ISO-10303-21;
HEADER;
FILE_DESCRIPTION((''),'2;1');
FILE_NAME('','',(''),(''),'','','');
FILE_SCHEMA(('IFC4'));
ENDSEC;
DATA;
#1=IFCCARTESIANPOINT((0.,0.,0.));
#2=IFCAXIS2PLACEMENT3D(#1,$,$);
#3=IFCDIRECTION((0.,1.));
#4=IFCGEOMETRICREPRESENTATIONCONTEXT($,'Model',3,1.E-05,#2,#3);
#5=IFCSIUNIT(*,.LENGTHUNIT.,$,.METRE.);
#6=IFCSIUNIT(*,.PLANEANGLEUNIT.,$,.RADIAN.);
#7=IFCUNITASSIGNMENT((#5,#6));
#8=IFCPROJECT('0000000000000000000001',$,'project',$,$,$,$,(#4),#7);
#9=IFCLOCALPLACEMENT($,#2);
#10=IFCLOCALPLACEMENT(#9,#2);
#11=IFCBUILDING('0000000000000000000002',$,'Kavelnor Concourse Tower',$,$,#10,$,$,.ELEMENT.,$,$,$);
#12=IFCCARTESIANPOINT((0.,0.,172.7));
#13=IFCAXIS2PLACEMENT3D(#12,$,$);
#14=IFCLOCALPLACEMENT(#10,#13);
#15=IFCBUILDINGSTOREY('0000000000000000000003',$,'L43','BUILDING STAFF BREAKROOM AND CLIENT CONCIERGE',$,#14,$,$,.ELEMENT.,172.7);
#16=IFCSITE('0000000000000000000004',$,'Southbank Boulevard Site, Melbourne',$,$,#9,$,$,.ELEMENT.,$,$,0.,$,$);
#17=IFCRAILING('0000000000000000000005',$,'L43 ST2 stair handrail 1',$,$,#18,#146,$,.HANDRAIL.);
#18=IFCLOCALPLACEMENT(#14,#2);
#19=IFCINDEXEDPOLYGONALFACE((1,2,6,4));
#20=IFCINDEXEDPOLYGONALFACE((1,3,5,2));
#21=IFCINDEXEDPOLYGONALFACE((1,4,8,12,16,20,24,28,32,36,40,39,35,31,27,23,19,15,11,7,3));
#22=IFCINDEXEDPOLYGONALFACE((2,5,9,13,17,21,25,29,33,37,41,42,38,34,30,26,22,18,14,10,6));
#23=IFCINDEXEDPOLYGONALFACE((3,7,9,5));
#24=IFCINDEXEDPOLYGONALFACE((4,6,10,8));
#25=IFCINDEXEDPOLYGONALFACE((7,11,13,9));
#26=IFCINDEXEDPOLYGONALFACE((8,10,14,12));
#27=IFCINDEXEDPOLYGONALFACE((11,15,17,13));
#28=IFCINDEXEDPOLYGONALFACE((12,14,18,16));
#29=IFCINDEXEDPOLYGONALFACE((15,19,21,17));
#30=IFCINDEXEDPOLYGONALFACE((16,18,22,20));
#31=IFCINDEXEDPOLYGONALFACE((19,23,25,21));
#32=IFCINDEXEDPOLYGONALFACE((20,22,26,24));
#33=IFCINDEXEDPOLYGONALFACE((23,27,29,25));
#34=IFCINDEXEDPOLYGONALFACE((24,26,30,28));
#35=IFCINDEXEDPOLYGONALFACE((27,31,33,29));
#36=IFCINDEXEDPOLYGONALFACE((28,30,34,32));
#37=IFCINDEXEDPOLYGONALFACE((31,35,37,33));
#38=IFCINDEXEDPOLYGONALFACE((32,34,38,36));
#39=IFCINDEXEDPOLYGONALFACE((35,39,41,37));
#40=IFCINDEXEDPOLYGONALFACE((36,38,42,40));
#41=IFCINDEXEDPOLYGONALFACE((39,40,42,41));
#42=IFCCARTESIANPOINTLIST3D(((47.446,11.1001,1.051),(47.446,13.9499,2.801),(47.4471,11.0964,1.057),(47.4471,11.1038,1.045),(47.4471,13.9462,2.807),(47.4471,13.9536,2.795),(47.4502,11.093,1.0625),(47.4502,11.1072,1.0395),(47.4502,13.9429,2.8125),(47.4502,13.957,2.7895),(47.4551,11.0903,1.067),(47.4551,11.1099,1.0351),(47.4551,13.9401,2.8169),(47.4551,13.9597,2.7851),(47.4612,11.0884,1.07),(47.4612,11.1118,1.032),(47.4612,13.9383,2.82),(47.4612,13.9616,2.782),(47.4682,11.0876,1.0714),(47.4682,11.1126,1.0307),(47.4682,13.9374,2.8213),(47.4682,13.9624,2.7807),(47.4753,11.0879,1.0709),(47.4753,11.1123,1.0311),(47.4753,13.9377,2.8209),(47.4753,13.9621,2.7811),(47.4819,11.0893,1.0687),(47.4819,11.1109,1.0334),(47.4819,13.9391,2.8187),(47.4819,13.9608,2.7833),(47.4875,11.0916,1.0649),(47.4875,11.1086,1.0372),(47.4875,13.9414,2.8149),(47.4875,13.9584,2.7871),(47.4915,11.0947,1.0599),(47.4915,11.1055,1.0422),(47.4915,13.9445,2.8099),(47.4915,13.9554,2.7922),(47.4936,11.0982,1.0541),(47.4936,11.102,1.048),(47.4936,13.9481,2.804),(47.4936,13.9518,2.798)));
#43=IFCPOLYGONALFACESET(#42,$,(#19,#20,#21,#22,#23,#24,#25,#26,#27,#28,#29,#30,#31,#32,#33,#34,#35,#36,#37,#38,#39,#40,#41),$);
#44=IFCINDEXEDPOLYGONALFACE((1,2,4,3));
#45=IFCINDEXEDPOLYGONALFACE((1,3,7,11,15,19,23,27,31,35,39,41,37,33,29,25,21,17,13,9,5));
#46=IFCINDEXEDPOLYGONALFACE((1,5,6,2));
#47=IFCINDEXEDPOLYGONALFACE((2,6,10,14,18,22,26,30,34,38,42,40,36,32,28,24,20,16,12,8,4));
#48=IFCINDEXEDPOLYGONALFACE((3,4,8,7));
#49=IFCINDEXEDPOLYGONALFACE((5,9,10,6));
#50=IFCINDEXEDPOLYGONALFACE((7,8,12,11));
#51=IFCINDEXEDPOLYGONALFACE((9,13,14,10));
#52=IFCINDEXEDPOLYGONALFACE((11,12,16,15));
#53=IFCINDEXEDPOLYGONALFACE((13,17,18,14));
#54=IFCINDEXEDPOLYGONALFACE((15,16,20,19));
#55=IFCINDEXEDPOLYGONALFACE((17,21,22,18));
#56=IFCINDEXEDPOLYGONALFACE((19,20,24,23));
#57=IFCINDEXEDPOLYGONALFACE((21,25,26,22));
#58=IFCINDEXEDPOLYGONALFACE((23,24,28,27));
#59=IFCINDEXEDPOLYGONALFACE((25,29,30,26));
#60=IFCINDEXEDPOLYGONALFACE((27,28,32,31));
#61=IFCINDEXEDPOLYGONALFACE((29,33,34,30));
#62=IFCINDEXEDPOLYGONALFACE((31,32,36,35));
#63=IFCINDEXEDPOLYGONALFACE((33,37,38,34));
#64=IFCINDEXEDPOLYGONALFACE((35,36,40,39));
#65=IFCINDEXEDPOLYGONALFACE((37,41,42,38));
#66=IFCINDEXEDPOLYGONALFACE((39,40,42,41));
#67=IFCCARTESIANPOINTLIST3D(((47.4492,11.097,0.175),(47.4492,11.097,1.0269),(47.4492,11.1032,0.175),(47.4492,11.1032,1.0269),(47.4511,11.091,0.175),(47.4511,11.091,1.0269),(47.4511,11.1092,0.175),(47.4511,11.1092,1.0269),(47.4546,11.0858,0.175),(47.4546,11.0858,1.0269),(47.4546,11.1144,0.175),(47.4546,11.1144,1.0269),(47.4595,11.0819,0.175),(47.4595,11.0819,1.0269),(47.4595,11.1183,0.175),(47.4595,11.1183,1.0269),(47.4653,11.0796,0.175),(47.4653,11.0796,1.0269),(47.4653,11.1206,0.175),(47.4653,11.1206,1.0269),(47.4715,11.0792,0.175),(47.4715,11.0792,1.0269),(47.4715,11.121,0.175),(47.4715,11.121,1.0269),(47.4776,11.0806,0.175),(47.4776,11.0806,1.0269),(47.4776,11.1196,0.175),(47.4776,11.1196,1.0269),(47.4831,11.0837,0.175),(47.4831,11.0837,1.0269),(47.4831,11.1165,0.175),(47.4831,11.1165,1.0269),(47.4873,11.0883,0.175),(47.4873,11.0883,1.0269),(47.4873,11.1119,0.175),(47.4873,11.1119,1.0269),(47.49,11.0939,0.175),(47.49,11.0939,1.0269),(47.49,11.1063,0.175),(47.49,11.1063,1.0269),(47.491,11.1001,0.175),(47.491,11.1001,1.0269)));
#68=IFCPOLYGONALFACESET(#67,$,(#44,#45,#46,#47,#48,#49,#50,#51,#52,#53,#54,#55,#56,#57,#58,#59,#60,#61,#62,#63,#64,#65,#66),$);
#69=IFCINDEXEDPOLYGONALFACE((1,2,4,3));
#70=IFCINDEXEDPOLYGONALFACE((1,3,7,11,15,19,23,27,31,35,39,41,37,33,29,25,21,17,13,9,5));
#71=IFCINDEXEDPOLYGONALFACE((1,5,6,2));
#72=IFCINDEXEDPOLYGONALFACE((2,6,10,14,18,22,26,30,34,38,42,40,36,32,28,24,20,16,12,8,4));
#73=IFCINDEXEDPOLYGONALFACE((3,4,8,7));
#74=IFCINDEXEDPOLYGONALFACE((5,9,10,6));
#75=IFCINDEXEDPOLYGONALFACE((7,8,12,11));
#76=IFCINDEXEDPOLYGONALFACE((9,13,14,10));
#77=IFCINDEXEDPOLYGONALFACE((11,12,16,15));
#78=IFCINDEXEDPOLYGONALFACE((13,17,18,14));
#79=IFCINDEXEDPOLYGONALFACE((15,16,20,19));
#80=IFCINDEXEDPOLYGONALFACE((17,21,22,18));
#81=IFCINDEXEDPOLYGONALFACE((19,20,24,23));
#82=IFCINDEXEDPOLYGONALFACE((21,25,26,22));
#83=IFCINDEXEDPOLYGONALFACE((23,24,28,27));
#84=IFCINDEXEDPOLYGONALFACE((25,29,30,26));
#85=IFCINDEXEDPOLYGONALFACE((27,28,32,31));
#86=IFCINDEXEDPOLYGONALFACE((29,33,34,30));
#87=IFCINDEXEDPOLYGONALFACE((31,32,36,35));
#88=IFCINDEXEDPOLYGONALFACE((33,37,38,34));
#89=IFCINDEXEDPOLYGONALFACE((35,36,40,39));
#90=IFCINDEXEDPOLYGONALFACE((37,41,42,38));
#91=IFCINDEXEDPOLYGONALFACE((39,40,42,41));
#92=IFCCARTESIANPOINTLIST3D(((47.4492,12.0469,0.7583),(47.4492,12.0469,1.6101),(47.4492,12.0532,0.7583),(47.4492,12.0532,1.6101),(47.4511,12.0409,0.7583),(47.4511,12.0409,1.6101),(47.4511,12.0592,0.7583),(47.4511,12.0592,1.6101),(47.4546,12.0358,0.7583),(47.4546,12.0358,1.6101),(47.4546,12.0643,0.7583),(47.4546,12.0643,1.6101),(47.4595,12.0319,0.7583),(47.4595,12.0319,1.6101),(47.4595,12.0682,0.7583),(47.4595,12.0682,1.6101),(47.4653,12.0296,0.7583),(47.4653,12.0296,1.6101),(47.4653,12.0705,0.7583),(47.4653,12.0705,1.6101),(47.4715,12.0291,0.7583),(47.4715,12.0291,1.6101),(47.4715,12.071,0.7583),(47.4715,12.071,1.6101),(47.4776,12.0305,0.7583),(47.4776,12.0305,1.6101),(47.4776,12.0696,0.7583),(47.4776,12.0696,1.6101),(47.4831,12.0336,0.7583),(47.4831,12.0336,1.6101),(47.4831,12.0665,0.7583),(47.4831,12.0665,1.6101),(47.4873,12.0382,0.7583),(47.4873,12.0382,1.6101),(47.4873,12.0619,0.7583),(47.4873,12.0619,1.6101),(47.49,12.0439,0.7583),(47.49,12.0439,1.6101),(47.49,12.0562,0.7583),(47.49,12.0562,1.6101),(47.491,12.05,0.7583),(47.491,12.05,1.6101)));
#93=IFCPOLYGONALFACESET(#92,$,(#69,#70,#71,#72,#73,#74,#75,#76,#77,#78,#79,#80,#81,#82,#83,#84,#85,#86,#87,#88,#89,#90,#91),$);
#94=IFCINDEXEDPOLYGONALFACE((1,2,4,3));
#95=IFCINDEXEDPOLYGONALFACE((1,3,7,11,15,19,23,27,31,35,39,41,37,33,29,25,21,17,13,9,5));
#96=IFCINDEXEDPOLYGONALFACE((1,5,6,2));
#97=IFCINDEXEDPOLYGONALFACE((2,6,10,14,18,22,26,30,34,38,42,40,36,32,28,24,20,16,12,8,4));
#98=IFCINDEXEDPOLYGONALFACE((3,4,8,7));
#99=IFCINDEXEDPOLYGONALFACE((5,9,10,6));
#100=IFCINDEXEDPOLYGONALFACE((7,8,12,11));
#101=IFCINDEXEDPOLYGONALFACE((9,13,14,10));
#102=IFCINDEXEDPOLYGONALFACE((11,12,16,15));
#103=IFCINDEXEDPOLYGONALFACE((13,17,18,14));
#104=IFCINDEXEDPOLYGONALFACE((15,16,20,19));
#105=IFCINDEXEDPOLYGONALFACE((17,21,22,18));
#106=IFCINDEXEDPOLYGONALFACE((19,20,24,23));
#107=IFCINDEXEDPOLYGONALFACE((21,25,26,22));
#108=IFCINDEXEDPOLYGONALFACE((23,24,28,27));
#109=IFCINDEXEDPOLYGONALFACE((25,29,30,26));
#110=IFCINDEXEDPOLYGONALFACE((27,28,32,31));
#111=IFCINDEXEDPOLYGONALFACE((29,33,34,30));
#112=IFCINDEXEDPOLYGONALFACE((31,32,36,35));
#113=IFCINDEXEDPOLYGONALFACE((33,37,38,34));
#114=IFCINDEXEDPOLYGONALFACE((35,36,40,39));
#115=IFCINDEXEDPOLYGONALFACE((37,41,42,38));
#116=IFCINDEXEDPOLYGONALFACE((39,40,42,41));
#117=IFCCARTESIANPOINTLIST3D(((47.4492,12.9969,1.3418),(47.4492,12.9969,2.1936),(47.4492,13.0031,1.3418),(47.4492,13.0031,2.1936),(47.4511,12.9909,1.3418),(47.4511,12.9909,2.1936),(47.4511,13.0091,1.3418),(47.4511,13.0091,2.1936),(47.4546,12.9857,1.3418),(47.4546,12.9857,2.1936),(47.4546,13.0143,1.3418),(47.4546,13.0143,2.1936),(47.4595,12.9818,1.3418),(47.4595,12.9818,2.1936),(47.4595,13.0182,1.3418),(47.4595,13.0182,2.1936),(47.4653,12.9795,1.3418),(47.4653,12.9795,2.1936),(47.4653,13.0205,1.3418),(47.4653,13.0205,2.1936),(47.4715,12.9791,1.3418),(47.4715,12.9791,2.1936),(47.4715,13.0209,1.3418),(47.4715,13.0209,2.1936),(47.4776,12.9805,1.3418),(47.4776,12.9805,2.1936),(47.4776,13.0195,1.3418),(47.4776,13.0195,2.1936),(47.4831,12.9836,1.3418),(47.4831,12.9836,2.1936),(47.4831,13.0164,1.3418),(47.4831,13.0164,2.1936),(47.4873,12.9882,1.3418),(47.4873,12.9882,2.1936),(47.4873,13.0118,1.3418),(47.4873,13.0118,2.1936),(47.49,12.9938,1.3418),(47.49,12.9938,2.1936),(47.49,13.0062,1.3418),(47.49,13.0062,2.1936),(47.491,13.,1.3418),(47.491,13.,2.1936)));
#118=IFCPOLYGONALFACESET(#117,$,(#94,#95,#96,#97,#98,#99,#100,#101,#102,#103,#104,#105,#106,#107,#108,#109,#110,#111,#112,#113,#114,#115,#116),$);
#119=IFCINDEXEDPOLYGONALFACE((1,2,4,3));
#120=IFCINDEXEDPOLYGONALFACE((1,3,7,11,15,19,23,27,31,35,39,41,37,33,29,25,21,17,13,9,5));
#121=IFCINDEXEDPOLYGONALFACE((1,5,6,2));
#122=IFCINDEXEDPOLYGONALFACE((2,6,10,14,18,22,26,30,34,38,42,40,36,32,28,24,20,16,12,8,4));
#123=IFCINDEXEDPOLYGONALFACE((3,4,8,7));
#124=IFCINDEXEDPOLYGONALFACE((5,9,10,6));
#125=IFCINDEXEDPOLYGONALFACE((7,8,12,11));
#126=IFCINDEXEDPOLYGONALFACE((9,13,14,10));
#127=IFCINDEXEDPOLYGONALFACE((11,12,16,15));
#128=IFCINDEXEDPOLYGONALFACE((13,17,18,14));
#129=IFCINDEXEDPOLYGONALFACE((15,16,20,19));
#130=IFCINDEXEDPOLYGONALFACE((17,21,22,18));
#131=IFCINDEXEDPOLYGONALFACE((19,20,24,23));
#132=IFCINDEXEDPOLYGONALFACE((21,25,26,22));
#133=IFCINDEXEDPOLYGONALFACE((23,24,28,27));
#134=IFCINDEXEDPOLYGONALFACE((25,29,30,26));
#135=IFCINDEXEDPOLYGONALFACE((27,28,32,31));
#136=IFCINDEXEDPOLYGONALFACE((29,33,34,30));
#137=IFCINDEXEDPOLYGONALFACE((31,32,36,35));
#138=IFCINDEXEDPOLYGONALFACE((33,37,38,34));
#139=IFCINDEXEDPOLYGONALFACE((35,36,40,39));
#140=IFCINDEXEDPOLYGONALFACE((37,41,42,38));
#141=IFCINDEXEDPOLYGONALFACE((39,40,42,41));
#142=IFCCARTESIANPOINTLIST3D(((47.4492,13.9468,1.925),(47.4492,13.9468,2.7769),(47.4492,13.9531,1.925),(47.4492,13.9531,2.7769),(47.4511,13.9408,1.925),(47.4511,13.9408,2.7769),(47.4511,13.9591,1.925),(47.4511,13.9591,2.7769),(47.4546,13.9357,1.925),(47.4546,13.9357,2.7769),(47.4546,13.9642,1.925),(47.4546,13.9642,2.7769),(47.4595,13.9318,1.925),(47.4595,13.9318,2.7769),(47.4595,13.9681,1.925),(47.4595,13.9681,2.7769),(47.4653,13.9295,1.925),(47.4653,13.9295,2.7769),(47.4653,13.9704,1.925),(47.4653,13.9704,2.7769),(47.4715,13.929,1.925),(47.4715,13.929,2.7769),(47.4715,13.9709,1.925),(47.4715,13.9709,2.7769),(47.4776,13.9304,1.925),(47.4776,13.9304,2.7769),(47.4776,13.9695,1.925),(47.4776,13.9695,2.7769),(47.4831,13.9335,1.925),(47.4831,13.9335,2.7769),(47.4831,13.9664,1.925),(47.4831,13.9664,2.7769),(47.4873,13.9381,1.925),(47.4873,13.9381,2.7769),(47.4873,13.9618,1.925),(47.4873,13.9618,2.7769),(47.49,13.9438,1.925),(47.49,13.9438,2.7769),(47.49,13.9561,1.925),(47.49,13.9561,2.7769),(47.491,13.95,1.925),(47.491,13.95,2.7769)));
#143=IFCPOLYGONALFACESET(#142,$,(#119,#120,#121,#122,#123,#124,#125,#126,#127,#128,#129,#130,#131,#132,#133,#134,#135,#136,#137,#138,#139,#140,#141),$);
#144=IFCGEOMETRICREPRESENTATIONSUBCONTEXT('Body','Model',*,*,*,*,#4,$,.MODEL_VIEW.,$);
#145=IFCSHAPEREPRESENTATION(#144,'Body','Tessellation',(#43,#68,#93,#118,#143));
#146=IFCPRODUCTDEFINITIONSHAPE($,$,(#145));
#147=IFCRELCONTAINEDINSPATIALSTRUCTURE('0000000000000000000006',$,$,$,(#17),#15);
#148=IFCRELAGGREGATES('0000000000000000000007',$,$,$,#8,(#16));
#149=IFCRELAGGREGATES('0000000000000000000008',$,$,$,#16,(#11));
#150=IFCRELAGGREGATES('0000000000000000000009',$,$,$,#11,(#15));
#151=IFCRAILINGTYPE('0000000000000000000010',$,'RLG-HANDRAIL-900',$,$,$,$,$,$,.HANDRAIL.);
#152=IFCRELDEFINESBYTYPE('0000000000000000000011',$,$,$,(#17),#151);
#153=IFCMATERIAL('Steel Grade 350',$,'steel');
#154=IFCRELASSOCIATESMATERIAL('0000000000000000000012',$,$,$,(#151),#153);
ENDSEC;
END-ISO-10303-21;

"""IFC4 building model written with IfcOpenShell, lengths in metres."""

from ifc_helpers import new_model, si_unit, direction, frame, origin, origin_2d, place, context, subcontext, project, spatial, circle, extrude, material, type_object, element, save


model = new_model("IFC4")

# Units and contexts
model_context = context("Model", 3, precision=1e-05, world=origin(), true_north=direction((0.0, 1.0)))
body_context = subcontext(model_context, "Body", "Model", "MODEL_VIEW")
ifc_project = project(units=[si_unit("LENGTHUNIT", "METRE"), si_unit("PLANEANGLEUNIT", "RADIAN")], contexts=[model_context])

# Site, building, storey
site_placement = place(None, origin())
site = spatial("IfcSite", under=ifc_project, at=site_placement, Name="Southbank Boulevard Site, Melbourne", CompositionType="ELEMENT", RefElevation=0.0)
building_placement = place(site_placement, origin())
building = spatial("IfcBuilding", under=site, at=building_placement, Name="Kavelnor Concourse Tower", CompositionType="ELEMENT")
storey_placement = place(building_placement, frame((0.0, 0.0, 172.7)))
storey = spatial("IfcBuildingStorey", under=building, at=storey_placement, Name="L43", Description="BUILDING STAFF BREAKROOM AND CLIENT CONCIERGE", CompositionType="ELEMENT", Elevation=172.7)

# Shared definitions
ifc_material_1 = material(Name="Steel Grade 350", Category="steel")

# Railing
railing_type_1 = type_object("IfcRailingType", Name="RLG-HANDRAIL-900", PredefinedType="HANDRAIL", material=ifc_material_1)
railing_1_placement = place(storey_placement, frame((47.47, 11.1001, 0.175)))
element("IfcRailing", 1, at=railing_1_placement, inside=storey, type_object=railing_type_1, Name="L43 ST2 stair handrail 1", PredefinedType="HANDRAIL", context=body_context, shape_type="SweptSolid", body=[
    extrude(circle(Radius=0.0239, at=origin_2d()), frame((0.0, 0.0, 0.876), z_axis=(0.0, 0.852159, 0.523283), x_axis=(-1.0, 0.0, 0.0)), (0.0, 0.0, 1.0), 3.3442),
    extrude(circle(Radius=0.021, at=origin_2d()), origin(), (0.0, 0.0, 1.0), 0.8518),
    extrude(circle(Radius=0.021, at=origin_2d()), frame((0.0, 0.95, 0.5833)), (0.0, 0.0, 1.0), 0.8518),
    extrude(circle(Radius=0.021, at=origin_2d()), frame((0.0, 1.8999, 1.1667)), (0.0, 0.0, 1.0), 0.8518),
    extrude(circle(Radius=0.021, at=origin_2d()), frame((0.0, 2.8499, 1.75)), (0.0, 0.0, 1.0), 0.8518),
])

save(model, "model.ifc")
